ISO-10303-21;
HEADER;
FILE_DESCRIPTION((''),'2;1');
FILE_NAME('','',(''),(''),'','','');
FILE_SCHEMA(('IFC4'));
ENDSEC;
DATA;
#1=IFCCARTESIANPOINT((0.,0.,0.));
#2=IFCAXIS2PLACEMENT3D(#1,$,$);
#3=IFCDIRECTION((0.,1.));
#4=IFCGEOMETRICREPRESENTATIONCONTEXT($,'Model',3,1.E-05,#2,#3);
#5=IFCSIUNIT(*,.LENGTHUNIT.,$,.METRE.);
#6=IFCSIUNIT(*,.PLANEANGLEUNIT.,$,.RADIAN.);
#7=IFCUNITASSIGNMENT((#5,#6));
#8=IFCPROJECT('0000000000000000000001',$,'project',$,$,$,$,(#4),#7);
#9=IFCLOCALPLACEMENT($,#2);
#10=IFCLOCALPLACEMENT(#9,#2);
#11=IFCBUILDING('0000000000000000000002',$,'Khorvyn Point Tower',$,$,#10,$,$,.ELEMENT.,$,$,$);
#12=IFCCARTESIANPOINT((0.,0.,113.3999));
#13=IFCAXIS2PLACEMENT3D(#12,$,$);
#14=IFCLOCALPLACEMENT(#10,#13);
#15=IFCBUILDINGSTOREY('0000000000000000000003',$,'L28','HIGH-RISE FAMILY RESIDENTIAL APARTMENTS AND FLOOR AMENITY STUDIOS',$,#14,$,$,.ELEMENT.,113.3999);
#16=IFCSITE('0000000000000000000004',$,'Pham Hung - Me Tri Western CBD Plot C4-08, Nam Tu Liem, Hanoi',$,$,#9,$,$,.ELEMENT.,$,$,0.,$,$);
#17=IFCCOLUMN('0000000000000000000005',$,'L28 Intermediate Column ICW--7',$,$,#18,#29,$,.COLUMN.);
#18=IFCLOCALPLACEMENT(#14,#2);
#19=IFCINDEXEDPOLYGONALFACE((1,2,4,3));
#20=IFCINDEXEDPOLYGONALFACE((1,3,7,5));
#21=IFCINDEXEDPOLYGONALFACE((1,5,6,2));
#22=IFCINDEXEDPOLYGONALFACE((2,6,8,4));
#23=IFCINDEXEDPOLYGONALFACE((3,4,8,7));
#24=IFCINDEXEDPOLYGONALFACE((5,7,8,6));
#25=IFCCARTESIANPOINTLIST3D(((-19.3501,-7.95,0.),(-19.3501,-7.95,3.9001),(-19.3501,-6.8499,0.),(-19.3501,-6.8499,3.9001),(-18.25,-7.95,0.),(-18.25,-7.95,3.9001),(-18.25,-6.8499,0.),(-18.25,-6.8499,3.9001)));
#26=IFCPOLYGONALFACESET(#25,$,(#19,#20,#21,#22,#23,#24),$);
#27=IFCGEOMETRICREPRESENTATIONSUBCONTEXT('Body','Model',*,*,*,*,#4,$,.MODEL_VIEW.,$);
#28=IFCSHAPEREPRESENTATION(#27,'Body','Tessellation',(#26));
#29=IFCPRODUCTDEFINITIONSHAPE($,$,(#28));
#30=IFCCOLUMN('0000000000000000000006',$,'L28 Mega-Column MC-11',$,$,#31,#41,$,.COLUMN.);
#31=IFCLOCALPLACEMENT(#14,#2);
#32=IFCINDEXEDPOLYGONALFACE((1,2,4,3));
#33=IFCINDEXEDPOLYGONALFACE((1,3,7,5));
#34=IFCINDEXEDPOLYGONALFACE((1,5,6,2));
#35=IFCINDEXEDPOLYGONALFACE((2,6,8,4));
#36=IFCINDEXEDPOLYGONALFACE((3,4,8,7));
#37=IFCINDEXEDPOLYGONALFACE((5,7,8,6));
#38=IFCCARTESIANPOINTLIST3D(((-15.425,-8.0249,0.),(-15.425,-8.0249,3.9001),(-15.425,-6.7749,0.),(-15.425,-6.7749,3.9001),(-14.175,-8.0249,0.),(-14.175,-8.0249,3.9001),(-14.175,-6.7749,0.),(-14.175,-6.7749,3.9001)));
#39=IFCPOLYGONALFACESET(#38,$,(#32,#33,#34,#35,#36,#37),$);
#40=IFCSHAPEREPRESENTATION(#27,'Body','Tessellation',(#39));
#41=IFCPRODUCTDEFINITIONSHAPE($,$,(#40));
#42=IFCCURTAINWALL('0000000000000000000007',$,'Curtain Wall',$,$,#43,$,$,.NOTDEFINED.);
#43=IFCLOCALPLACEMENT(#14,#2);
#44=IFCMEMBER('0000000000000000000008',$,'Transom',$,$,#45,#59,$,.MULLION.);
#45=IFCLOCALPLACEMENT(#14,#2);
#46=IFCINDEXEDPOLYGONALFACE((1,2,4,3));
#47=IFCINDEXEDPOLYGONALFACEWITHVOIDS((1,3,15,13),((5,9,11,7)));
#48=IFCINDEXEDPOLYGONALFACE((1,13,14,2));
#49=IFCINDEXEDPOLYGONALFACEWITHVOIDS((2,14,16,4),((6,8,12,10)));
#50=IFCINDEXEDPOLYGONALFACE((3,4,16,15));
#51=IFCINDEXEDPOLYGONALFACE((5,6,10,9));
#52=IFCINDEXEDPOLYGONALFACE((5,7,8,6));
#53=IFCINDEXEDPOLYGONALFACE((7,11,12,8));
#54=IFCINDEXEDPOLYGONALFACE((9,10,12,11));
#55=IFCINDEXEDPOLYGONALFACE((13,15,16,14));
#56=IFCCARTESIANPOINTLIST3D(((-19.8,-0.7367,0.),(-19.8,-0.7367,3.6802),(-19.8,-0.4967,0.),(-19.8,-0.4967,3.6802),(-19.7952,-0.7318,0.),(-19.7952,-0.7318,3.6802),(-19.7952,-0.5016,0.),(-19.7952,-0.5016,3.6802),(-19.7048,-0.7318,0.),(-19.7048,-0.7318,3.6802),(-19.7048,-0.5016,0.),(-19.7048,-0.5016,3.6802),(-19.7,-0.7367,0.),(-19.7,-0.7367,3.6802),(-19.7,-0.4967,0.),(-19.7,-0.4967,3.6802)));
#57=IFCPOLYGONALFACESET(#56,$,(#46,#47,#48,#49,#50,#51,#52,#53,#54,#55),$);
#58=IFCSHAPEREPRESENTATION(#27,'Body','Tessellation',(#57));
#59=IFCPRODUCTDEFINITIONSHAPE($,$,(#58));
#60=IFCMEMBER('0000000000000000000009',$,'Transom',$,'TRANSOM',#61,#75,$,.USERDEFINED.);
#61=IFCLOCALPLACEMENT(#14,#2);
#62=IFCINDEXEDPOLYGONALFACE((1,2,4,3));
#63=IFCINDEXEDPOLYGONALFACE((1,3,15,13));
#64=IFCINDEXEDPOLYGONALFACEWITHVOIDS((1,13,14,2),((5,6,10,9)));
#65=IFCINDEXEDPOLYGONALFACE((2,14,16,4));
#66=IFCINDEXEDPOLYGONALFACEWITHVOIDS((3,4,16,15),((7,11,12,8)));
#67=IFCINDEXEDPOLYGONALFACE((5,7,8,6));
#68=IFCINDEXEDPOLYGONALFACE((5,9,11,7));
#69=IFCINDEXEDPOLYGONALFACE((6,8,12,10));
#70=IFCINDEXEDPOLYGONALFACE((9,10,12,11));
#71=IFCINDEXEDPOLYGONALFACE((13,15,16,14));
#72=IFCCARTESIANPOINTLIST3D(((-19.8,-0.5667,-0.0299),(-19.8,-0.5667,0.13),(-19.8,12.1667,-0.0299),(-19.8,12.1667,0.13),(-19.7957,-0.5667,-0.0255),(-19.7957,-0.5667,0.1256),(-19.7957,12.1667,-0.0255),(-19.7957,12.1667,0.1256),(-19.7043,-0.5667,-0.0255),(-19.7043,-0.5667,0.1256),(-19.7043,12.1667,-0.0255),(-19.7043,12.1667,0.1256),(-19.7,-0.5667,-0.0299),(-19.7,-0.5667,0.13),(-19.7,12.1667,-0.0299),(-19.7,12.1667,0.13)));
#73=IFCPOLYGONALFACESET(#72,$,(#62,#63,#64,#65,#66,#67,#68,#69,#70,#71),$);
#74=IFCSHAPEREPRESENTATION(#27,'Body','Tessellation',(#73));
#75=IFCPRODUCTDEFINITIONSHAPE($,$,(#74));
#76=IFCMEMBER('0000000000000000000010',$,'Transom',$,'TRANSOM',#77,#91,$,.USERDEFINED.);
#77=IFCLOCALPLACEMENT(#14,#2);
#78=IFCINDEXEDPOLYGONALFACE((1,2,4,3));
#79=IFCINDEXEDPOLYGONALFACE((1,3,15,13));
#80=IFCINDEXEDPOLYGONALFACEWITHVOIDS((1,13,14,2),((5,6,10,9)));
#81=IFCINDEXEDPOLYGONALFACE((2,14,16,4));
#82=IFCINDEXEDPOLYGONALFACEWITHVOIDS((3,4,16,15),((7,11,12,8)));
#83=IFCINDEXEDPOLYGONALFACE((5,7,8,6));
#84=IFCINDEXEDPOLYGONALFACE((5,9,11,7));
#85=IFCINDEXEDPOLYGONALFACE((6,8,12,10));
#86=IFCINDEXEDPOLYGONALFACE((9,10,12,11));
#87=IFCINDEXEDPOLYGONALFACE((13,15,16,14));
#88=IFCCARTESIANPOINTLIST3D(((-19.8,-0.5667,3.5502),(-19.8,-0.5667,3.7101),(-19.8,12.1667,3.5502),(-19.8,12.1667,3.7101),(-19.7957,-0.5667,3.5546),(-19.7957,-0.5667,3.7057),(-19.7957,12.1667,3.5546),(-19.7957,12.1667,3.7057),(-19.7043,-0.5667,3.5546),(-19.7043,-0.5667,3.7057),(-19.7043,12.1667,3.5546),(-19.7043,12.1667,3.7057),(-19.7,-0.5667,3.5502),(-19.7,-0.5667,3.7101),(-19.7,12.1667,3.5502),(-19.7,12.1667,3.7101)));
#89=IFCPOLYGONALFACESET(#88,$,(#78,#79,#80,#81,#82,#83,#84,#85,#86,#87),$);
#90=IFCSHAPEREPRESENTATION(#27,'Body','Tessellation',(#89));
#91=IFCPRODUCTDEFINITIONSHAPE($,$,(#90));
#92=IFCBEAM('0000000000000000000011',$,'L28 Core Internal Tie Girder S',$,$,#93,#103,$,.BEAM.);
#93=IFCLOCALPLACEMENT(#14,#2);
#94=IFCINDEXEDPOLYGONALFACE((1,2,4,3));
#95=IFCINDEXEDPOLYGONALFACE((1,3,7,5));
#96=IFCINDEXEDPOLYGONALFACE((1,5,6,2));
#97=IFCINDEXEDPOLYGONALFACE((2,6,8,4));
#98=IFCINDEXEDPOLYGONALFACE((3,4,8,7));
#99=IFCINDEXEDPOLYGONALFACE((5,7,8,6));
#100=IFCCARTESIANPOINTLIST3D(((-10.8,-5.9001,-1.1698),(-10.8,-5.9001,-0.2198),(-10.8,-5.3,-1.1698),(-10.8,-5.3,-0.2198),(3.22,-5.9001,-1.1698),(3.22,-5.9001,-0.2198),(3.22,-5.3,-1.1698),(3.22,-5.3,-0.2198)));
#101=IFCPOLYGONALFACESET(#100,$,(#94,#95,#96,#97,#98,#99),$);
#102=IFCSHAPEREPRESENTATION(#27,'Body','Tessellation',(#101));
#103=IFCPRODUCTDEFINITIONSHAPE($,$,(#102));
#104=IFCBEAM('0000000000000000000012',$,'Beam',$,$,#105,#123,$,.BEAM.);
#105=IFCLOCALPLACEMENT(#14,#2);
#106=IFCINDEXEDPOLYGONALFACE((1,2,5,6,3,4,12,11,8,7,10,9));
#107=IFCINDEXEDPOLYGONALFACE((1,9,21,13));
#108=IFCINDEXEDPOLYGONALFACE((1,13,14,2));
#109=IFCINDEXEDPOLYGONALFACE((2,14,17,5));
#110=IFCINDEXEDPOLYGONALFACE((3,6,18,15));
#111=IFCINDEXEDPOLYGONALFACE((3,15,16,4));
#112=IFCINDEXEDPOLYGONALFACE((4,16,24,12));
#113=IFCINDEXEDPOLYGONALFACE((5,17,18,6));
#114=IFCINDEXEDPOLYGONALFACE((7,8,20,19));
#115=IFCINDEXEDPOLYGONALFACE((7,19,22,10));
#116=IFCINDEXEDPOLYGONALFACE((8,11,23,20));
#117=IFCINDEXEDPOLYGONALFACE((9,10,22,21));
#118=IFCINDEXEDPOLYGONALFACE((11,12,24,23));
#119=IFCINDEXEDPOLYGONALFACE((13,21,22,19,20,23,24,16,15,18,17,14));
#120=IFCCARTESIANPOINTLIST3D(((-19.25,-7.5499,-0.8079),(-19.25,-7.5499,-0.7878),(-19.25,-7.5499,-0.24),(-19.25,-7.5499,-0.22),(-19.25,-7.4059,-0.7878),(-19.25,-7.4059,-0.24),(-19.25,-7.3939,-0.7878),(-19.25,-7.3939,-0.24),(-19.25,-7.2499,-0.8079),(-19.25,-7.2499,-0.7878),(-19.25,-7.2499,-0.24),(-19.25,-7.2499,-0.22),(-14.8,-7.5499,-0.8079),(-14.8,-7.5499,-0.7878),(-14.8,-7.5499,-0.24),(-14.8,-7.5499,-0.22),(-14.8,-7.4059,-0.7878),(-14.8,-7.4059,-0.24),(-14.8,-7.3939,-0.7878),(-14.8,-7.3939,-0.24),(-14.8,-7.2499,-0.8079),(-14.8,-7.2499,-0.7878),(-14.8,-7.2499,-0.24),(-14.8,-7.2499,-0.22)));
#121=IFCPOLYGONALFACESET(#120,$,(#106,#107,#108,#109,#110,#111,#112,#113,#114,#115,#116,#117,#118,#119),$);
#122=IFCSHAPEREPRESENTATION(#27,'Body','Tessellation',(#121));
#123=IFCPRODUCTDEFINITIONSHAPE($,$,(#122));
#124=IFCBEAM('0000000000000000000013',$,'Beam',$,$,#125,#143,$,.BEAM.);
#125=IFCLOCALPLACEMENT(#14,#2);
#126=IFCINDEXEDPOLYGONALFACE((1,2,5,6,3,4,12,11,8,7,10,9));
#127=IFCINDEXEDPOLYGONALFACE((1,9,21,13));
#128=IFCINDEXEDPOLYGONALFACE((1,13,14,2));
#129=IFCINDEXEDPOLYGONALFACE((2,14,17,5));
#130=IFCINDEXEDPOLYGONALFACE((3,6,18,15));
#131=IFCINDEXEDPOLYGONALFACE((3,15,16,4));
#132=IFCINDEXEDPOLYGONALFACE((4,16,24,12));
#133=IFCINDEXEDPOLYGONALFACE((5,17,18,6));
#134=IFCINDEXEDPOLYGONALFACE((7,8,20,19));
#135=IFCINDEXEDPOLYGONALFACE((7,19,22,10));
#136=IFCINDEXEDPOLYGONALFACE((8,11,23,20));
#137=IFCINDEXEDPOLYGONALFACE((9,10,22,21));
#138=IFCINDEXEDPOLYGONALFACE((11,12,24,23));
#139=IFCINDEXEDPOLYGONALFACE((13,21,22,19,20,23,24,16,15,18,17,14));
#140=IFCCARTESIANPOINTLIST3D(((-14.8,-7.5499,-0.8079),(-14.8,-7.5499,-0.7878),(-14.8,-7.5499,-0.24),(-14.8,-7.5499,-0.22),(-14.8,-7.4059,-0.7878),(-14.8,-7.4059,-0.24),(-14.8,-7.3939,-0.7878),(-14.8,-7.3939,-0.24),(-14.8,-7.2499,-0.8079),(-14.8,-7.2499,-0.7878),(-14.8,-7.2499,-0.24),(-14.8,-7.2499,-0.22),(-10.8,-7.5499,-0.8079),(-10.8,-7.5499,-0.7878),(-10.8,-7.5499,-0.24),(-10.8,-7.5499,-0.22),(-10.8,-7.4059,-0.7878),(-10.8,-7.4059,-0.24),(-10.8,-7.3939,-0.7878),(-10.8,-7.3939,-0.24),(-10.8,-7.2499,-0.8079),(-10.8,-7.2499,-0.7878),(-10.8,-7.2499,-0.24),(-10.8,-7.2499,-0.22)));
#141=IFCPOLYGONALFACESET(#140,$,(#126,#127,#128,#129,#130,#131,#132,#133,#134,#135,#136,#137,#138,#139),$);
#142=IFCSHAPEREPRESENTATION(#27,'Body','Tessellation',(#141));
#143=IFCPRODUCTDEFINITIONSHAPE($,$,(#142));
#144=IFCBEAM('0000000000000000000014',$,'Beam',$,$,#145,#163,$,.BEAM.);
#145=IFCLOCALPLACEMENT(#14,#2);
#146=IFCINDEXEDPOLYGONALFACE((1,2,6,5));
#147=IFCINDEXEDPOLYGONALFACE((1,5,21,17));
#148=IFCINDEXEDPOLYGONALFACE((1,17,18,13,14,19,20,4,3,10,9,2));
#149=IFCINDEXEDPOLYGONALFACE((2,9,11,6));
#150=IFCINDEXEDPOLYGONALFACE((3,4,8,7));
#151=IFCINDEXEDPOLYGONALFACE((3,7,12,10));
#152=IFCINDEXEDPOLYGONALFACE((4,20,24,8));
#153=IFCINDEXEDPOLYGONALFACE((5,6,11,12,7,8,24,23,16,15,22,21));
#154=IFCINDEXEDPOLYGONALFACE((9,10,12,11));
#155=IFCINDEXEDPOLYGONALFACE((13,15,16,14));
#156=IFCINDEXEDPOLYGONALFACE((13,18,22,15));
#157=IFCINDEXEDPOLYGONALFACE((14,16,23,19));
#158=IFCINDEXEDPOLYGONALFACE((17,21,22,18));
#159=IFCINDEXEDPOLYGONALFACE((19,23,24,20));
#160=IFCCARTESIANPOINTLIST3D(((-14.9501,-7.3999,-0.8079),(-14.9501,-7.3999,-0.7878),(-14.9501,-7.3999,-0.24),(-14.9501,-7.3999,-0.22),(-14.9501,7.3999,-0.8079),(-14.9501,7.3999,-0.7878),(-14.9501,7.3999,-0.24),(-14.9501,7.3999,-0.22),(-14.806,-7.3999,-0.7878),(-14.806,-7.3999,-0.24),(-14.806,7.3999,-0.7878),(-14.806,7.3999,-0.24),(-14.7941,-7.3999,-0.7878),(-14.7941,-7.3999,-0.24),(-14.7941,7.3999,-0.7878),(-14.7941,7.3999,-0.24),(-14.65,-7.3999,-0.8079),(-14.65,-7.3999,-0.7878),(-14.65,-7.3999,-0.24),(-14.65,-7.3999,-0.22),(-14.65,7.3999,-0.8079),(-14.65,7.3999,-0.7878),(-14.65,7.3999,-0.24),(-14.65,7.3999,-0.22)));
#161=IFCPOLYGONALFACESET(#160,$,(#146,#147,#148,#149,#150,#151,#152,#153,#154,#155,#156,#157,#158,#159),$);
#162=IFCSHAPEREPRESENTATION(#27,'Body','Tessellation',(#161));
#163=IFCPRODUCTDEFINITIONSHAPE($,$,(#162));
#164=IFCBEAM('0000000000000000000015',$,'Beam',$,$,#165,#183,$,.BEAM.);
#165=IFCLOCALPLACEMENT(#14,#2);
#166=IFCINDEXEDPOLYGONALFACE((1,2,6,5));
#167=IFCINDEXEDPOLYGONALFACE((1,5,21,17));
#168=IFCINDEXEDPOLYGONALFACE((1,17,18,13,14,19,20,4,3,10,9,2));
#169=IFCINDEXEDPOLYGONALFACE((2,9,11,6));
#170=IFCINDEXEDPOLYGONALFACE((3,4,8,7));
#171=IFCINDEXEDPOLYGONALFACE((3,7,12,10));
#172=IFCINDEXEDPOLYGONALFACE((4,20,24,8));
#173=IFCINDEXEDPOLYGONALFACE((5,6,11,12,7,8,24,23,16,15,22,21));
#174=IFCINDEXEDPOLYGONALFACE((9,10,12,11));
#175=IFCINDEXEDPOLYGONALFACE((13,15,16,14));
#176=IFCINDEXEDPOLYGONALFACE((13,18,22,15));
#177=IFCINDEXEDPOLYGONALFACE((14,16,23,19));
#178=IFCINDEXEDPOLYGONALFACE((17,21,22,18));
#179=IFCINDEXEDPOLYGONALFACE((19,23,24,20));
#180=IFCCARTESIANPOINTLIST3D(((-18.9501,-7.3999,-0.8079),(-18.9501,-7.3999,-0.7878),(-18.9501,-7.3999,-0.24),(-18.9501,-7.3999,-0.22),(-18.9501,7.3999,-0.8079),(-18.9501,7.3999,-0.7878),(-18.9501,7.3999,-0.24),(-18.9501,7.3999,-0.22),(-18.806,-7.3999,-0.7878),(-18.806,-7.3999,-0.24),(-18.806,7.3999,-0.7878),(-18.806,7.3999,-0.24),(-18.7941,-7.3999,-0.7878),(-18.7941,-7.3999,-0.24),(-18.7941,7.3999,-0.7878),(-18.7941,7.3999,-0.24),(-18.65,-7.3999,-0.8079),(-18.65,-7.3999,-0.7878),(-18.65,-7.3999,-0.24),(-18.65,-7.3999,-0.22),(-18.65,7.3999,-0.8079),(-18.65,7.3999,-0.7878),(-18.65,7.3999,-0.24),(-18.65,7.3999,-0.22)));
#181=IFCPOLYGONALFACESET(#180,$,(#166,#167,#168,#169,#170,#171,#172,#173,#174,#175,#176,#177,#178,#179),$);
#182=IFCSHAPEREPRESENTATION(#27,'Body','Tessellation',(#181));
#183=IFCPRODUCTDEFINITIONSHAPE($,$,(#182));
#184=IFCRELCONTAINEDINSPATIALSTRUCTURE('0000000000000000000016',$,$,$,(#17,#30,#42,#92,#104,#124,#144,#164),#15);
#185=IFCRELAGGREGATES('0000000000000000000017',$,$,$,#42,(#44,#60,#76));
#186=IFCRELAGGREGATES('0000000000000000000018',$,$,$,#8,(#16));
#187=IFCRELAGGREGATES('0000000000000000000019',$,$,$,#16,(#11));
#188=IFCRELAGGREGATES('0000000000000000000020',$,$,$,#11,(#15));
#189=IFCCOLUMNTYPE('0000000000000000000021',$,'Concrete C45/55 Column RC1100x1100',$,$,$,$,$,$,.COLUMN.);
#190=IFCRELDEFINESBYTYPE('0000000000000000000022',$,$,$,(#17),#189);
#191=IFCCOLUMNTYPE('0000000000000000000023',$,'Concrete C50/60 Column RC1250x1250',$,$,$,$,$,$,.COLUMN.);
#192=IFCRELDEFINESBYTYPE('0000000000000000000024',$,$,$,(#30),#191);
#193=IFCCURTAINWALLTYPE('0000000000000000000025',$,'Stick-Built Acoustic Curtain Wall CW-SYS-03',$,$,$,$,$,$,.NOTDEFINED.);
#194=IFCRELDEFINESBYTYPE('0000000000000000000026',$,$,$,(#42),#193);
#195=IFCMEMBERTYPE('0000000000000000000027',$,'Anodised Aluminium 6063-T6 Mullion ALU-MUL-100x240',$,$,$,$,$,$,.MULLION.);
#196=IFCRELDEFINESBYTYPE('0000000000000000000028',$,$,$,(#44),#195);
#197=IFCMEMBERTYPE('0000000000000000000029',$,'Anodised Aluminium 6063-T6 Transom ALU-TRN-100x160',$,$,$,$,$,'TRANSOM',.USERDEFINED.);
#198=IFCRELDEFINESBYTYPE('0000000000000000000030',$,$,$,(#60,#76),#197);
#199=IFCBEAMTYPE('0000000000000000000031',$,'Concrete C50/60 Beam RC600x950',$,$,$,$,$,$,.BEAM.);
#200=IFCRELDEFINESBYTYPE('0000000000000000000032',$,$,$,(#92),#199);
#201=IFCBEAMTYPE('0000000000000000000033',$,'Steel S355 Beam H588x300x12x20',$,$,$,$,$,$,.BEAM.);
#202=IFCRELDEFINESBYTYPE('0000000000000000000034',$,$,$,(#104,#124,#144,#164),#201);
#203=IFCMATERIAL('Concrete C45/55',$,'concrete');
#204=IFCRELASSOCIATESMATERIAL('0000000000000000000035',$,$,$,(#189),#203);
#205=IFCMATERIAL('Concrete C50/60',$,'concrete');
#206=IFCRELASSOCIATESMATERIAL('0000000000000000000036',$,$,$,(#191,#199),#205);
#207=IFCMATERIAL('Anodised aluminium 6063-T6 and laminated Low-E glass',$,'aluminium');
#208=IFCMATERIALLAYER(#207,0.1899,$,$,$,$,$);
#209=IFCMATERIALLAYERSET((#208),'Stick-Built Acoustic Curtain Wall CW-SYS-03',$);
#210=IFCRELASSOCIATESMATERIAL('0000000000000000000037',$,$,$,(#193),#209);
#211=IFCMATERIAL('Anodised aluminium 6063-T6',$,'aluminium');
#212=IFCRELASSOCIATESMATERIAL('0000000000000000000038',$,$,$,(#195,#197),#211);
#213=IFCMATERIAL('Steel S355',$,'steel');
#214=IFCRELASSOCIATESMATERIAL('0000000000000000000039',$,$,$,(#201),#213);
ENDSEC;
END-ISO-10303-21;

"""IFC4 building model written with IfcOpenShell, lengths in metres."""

from ifc_helpers import new_model, si_unit, direction, frame, origin, origin_2d, place, context, subcontext, project, spatial, rectangle, hollow_rectangle, i_section, extrude, material, layer, layer_set, material_profile, profile_set, type_object, element, aggregate, save


model = new_model("IFC4")

# Units and contexts
model_context = context("Model", 3, precision=1e-05, world=origin(), true_north=direction((0.0, 1.0)))
body_context = subcontext(model_context, "Body", "Model", "MODEL_VIEW")
ifc_project = project(units=[si_unit("LENGTHUNIT", "METRE"), si_unit("PLANEANGLEUNIT", "RADIAN")], contexts=[model_context])

# Site, building, storey
site_placement = place(None, origin())
site = spatial("IfcSite", under=ifc_project, at=site_placement, Name="Pham Hung - Me Tri Western CBD Plot C4-08, Nam Tu Liem, Hanoi", CompositionType="ELEMENT", RefElevation=0.0)
building_placement = place(site_placement, origin())
building = spatial("IfcBuilding", under=site, at=building_placement, Name="Khorvyn Point Tower", CompositionType="ELEMENT")
storey_placement = place(building_placement, frame((0.0, 0.0, 113.3999)))
storey = spatial("IfcBuildingStorey", under=building, at=storey_placement, Name="L28", Description="HIGH-RISE FAMILY RESIDENTIAL APARTMENTS AND FLOOR AMENITY STUDIOS", CompositionType="ELEMENT", Elevation=113.3999)

# Columns
ifc_material_1 = material(Name="Concrete C45/55", Category="concrete")
ifc_material_profile_1 = material_profile(ifc_material_1, rectangle(XDim=1.1001, YDim=1.1001, at=origin_2d()))
ifc_profile_set_1 = profile_set([ifc_material_profile_1], Name="Concrete C45/55 RC1100x1100")
column_type_1 = type_object("IfcColumnType", Name="Concrete C45/55 Column RC1100x1100", PredefinedType="COLUMN", material=ifc_profile_set_1)
column_1_placement = place(storey_placement, frame((-18.8, -7.3999, 0.0), z_axis=(0.0, 0.0, 1.0), x_axis=(1.0, 0.0, 0.0)))
element("IfcColumn", 1, at=column_1_placement, inside=storey, type_object=column_type_1, Name="L28 Intermediate Column ICW--7", PredefinedType="COLUMN", context=body_context, shape_type="SweptSolid", body=[
    extrude(rectangle(XDim=1.1001, YDim=1.1001, at=origin_2d()), origin(), (0.0, 0.0, 1.0), 3.9001),
])
ifc_material_2 = material(Name="Concrete C50/60", Category="concrete")
ifc_material_profile_2 = material_profile(ifc_material_2, rectangle(XDim=1.25, YDim=1.25, at=origin_2d()))
ifc_profile_set_2 = profile_set([ifc_material_profile_2], Name="Concrete C50/60 RC1250x1250")
column_type_2 = type_object("IfcColumnType", Name="Concrete C50/60 Column RC1250x1250", PredefinedType="COLUMN", material=ifc_profile_set_2)
column_2_placement = place(storey_placement, frame((-14.8, -7.3999, 0.0), z_axis=(0.0, 0.0, 1.0), x_axis=(1.0, 0.0, 0.0)))
element("IfcColumn", 2, at=column_2_placement, inside=storey, type_object=column_type_2, Name="L28 Mega-Column MC-11", PredefinedType="COLUMN", context=body_context, shape_type="SweptSolid", body=[
    extrude(rectangle(XDim=1.25, YDim=1.25, at=origin_2d()), origin(), (0.0, 0.0, 1.0), 3.9001),
])

# Curtain wall, members
ifc_material_3 = material(Name="Anodised aluminium 6063-T6 and laminated Low-E glass", Category="aluminium")
ifc_layer_1 = layer(ifc_material_3, 0.1899)
ifc_layer_set_1 = layer_set([ifc_layer_1], Name="Stick-Built Acoustic Curtain Wall CW-SYS-03")
curtain_wall_type = type_object("IfcCurtainWallType", Name="Stick-Built Acoustic Curtain Wall CW-SYS-03", PredefinedType="NOTDEFINED", material=ifc_layer_set_1)
curtain_wall_placement = place(storey_placement, origin())
curtain_wall = element("IfcCurtainWall", 3, at=curtain_wall_placement, inside=storey, type_object=curtain_wall_type, Name="Curtain Wall", PredefinedType="NOTDEFINED")
ifc_material_4 = material(Name="Anodised aluminium 6063-T6", Category="aluminium")
ifc_material_profile_3 = material_profile(ifc_material_4, hollow_rectangle(XDim=0.1001, YDim=0.24, WallThickness=0.0049, at=origin_2d()))
ifc_profile_set_3 = profile_set([ifc_material_profile_3], Name="Anodised aluminium 6063-T6 ALU-MUL-100x240")
member_type_1 = type_object("IfcMemberType", Name="Anodised Aluminium 6063-T6 Mullion ALU-MUL-100x240", PredefinedType="MULLION", material=ifc_profile_set_3)
member_1_placement = place(storey_placement, frame((-19.75, -0.6167, 0.0), z_axis=(0.0, 0.0, 1.0), x_axis=(-1.0, 0.0, 0.0)))
member_1 = element("IfcMember", 4, at=member_1_placement, type_object=member_type_1, Name="Transom", PredefinedType="MULLION", context=body_context, shape_type="SweptSolid", body=[
    extrude(hollow_rectangle(XDim=0.1001, YDim=0.24, WallThickness=0.0049, at=origin_2d()), origin(), (0.0, 0.0, 1.0), 3.6802),
])
ifc_material_profile_4 = material_profile(ifc_material_4, hollow_rectangle(XDim=0.1001, YDim=0.1599, WallThickness=0.0044, at=origin_2d()))
ifc_profile_set_4 = profile_set([ifc_material_profile_4], Name="Anodised aluminium 6063-T6 ALU-TRN-100x160")
member_type_2 = type_object("IfcMemberType", Name="Anodised Aluminium 6063-T6 Transom ALU-TRN-100x160", ElementType="TRANSOM", PredefinedType="USERDEFINED", material=ifc_profile_set_4)
member_2_placement = place(storey_placement, frame((-19.75, -0.5667, 0.05), z_axis=(0.0, 1.0, 0.0), x_axis=(-1.0, 0.0, 0.0)))
member_2 = element("IfcMember", 5, at=member_2_placement, type_object=member_type_2, Name="Transom", ObjectType="TRANSOM", PredefinedType="USERDEFINED", context=body_context, shape_type="SweptSolid", body=[
    extrude(hollow_rectangle(XDim=0.1001, YDim=0.1599, WallThickness=0.0044, at=origin_2d()), origin(), (0.0, 0.0, 1.0), 12.7334),
])
member_3_placement = place(storey_placement, frame((-19.75, -0.5667, 3.6301), z_axis=(0.0, 1.0, 0.0), x_axis=(-1.0, 0.0, 0.0)))
member_3 = element("IfcMember", 6, at=member_3_placement, type_object=member_type_2, Name="Transom", ObjectType="TRANSOM", PredefinedType="USERDEFINED", context=body_context, shape_type="SweptSolid", body=[
    extrude(hollow_rectangle(XDim=0.1001, YDim=0.1599, WallThickness=0.0044, at=origin_2d()), origin(), (0.0, 0.0, 1.0), 12.7334),
])

# Beams
ifc_material_profile_5 = material_profile(ifc_material_2, rectangle(XDim=0.6001, YDim=0.95, at=origin_2d()))
ifc_profile_set_5 = profile_set([ifc_material_profile_5], Name="Concrete C50/60 RC600x950")
beam_type_1 = type_object("IfcBeamType", Name="Concrete C50/60 Beam RC600x950", PredefinedType="BEAM", material=ifc_profile_set_5)
beam_1_placement = place(storey_placement, frame((-10.8, -5.6001, -0.6948), z_axis=(1.0, 0.0, 0.0), x_axis=(0.0, 1.0, 0.0)))
element("IfcBeam", 7, at=beam_1_placement, inside=storey, type_object=beam_type_1, Name="L28 Core Internal Tie Girder S", PredefinedType="BEAM", context=body_context, shape_type="SweptSolid", body=[
    extrude(rectangle(XDim=0.6001, YDim=0.95, at=origin_2d()), origin(), (0.0, 0.0, 1.0), 14.02),
])
ifc_material_5 = material(Name="Steel S355", Category="steel")
ifc_material_profile_6 = material_profile(ifc_material_5, i_section(OverallWidth=0.3, OverallDepth=0.5879, WebThickness=0.012, FlangeThickness=0.02, at=origin_2d()))
ifc_profile_set_6 = profile_set([ifc_material_profile_6], Name="Steel S355 H588x300x12x20")
beam_type_2 = type_object("IfcBeamType", Name="Steel S355 Beam H588x300x12x20", PredefinedType="BEAM", material=ifc_profile_set_6)
beam_2_placement = place(storey_placement, frame((-19.25, -7.3999, -0.5139), z_axis=(1.0, 0.0, 0.0), x_axis=(0.0, 1.0, 0.0)))
element("IfcBeam", 8, at=beam_2_placement, inside=storey, type_object=beam_type_2, Name="Beam", PredefinedType="BEAM", context=body_context, shape_type="SweptSolid", body=[
    extrude(i_section(OverallWidth=0.3, OverallDepth=0.5879, WebThickness=0.012, FlangeThickness=0.02, at=origin_2d()), origin(), (0.0, 0.0, 1.0), 4.45),
])
beam_3_placement = place(storey_placement, frame((-14.8, -7.3999, -0.5139), z_axis=(1.0, 0.0, 0.0), x_axis=(0.0, 1.0, 0.0)))
element("IfcBeam", 9, at=beam_3_placement, inside=storey, type_object=beam_type_2, Name="Beam", PredefinedType="BEAM", context=body_context, shape_type="SweptSolid", body=[
    extrude(i_section(OverallWidth=0.3, OverallDepth=0.5879, WebThickness=0.012, FlangeThickness=0.02, at=origin_2d()), origin(), (0.0, 0.0, 1.0), 4.0),
])
for number, where, z_axis, x_axis, name in (
    (10, (-14.8, -7.3999, -0.5139), (0.0, 1.0, 0.0), (-1.0, 0.0, 0.0), "Beam"),
    (11, (-18.8, -7.3999, -0.5139), (0.0, 1.0, 0.0), (-1.0, 0.0, 0.0), "Beam"),
):
    element("IfcBeam", number, at=place(storey_placement, frame(where, z_axis=z_axis, x_axis=x_axis)), inside=storey, type_object=beam_type_2, Name=name, PredefinedType="BEAM", context=body_context, shape_type="SweptSolid", body=[
        extrude(i_section(OverallWidth=0.3, OverallDepth=0.5879, WebThickness=0.012, FlangeThickness=0.02, at=origin_2d()), origin(), (0.0, 0.0, 1.0), 14.7998),
    ])

aggregate(curtain_wall, [member_1, member_2, member_3])

save(model, "model.ifc")
